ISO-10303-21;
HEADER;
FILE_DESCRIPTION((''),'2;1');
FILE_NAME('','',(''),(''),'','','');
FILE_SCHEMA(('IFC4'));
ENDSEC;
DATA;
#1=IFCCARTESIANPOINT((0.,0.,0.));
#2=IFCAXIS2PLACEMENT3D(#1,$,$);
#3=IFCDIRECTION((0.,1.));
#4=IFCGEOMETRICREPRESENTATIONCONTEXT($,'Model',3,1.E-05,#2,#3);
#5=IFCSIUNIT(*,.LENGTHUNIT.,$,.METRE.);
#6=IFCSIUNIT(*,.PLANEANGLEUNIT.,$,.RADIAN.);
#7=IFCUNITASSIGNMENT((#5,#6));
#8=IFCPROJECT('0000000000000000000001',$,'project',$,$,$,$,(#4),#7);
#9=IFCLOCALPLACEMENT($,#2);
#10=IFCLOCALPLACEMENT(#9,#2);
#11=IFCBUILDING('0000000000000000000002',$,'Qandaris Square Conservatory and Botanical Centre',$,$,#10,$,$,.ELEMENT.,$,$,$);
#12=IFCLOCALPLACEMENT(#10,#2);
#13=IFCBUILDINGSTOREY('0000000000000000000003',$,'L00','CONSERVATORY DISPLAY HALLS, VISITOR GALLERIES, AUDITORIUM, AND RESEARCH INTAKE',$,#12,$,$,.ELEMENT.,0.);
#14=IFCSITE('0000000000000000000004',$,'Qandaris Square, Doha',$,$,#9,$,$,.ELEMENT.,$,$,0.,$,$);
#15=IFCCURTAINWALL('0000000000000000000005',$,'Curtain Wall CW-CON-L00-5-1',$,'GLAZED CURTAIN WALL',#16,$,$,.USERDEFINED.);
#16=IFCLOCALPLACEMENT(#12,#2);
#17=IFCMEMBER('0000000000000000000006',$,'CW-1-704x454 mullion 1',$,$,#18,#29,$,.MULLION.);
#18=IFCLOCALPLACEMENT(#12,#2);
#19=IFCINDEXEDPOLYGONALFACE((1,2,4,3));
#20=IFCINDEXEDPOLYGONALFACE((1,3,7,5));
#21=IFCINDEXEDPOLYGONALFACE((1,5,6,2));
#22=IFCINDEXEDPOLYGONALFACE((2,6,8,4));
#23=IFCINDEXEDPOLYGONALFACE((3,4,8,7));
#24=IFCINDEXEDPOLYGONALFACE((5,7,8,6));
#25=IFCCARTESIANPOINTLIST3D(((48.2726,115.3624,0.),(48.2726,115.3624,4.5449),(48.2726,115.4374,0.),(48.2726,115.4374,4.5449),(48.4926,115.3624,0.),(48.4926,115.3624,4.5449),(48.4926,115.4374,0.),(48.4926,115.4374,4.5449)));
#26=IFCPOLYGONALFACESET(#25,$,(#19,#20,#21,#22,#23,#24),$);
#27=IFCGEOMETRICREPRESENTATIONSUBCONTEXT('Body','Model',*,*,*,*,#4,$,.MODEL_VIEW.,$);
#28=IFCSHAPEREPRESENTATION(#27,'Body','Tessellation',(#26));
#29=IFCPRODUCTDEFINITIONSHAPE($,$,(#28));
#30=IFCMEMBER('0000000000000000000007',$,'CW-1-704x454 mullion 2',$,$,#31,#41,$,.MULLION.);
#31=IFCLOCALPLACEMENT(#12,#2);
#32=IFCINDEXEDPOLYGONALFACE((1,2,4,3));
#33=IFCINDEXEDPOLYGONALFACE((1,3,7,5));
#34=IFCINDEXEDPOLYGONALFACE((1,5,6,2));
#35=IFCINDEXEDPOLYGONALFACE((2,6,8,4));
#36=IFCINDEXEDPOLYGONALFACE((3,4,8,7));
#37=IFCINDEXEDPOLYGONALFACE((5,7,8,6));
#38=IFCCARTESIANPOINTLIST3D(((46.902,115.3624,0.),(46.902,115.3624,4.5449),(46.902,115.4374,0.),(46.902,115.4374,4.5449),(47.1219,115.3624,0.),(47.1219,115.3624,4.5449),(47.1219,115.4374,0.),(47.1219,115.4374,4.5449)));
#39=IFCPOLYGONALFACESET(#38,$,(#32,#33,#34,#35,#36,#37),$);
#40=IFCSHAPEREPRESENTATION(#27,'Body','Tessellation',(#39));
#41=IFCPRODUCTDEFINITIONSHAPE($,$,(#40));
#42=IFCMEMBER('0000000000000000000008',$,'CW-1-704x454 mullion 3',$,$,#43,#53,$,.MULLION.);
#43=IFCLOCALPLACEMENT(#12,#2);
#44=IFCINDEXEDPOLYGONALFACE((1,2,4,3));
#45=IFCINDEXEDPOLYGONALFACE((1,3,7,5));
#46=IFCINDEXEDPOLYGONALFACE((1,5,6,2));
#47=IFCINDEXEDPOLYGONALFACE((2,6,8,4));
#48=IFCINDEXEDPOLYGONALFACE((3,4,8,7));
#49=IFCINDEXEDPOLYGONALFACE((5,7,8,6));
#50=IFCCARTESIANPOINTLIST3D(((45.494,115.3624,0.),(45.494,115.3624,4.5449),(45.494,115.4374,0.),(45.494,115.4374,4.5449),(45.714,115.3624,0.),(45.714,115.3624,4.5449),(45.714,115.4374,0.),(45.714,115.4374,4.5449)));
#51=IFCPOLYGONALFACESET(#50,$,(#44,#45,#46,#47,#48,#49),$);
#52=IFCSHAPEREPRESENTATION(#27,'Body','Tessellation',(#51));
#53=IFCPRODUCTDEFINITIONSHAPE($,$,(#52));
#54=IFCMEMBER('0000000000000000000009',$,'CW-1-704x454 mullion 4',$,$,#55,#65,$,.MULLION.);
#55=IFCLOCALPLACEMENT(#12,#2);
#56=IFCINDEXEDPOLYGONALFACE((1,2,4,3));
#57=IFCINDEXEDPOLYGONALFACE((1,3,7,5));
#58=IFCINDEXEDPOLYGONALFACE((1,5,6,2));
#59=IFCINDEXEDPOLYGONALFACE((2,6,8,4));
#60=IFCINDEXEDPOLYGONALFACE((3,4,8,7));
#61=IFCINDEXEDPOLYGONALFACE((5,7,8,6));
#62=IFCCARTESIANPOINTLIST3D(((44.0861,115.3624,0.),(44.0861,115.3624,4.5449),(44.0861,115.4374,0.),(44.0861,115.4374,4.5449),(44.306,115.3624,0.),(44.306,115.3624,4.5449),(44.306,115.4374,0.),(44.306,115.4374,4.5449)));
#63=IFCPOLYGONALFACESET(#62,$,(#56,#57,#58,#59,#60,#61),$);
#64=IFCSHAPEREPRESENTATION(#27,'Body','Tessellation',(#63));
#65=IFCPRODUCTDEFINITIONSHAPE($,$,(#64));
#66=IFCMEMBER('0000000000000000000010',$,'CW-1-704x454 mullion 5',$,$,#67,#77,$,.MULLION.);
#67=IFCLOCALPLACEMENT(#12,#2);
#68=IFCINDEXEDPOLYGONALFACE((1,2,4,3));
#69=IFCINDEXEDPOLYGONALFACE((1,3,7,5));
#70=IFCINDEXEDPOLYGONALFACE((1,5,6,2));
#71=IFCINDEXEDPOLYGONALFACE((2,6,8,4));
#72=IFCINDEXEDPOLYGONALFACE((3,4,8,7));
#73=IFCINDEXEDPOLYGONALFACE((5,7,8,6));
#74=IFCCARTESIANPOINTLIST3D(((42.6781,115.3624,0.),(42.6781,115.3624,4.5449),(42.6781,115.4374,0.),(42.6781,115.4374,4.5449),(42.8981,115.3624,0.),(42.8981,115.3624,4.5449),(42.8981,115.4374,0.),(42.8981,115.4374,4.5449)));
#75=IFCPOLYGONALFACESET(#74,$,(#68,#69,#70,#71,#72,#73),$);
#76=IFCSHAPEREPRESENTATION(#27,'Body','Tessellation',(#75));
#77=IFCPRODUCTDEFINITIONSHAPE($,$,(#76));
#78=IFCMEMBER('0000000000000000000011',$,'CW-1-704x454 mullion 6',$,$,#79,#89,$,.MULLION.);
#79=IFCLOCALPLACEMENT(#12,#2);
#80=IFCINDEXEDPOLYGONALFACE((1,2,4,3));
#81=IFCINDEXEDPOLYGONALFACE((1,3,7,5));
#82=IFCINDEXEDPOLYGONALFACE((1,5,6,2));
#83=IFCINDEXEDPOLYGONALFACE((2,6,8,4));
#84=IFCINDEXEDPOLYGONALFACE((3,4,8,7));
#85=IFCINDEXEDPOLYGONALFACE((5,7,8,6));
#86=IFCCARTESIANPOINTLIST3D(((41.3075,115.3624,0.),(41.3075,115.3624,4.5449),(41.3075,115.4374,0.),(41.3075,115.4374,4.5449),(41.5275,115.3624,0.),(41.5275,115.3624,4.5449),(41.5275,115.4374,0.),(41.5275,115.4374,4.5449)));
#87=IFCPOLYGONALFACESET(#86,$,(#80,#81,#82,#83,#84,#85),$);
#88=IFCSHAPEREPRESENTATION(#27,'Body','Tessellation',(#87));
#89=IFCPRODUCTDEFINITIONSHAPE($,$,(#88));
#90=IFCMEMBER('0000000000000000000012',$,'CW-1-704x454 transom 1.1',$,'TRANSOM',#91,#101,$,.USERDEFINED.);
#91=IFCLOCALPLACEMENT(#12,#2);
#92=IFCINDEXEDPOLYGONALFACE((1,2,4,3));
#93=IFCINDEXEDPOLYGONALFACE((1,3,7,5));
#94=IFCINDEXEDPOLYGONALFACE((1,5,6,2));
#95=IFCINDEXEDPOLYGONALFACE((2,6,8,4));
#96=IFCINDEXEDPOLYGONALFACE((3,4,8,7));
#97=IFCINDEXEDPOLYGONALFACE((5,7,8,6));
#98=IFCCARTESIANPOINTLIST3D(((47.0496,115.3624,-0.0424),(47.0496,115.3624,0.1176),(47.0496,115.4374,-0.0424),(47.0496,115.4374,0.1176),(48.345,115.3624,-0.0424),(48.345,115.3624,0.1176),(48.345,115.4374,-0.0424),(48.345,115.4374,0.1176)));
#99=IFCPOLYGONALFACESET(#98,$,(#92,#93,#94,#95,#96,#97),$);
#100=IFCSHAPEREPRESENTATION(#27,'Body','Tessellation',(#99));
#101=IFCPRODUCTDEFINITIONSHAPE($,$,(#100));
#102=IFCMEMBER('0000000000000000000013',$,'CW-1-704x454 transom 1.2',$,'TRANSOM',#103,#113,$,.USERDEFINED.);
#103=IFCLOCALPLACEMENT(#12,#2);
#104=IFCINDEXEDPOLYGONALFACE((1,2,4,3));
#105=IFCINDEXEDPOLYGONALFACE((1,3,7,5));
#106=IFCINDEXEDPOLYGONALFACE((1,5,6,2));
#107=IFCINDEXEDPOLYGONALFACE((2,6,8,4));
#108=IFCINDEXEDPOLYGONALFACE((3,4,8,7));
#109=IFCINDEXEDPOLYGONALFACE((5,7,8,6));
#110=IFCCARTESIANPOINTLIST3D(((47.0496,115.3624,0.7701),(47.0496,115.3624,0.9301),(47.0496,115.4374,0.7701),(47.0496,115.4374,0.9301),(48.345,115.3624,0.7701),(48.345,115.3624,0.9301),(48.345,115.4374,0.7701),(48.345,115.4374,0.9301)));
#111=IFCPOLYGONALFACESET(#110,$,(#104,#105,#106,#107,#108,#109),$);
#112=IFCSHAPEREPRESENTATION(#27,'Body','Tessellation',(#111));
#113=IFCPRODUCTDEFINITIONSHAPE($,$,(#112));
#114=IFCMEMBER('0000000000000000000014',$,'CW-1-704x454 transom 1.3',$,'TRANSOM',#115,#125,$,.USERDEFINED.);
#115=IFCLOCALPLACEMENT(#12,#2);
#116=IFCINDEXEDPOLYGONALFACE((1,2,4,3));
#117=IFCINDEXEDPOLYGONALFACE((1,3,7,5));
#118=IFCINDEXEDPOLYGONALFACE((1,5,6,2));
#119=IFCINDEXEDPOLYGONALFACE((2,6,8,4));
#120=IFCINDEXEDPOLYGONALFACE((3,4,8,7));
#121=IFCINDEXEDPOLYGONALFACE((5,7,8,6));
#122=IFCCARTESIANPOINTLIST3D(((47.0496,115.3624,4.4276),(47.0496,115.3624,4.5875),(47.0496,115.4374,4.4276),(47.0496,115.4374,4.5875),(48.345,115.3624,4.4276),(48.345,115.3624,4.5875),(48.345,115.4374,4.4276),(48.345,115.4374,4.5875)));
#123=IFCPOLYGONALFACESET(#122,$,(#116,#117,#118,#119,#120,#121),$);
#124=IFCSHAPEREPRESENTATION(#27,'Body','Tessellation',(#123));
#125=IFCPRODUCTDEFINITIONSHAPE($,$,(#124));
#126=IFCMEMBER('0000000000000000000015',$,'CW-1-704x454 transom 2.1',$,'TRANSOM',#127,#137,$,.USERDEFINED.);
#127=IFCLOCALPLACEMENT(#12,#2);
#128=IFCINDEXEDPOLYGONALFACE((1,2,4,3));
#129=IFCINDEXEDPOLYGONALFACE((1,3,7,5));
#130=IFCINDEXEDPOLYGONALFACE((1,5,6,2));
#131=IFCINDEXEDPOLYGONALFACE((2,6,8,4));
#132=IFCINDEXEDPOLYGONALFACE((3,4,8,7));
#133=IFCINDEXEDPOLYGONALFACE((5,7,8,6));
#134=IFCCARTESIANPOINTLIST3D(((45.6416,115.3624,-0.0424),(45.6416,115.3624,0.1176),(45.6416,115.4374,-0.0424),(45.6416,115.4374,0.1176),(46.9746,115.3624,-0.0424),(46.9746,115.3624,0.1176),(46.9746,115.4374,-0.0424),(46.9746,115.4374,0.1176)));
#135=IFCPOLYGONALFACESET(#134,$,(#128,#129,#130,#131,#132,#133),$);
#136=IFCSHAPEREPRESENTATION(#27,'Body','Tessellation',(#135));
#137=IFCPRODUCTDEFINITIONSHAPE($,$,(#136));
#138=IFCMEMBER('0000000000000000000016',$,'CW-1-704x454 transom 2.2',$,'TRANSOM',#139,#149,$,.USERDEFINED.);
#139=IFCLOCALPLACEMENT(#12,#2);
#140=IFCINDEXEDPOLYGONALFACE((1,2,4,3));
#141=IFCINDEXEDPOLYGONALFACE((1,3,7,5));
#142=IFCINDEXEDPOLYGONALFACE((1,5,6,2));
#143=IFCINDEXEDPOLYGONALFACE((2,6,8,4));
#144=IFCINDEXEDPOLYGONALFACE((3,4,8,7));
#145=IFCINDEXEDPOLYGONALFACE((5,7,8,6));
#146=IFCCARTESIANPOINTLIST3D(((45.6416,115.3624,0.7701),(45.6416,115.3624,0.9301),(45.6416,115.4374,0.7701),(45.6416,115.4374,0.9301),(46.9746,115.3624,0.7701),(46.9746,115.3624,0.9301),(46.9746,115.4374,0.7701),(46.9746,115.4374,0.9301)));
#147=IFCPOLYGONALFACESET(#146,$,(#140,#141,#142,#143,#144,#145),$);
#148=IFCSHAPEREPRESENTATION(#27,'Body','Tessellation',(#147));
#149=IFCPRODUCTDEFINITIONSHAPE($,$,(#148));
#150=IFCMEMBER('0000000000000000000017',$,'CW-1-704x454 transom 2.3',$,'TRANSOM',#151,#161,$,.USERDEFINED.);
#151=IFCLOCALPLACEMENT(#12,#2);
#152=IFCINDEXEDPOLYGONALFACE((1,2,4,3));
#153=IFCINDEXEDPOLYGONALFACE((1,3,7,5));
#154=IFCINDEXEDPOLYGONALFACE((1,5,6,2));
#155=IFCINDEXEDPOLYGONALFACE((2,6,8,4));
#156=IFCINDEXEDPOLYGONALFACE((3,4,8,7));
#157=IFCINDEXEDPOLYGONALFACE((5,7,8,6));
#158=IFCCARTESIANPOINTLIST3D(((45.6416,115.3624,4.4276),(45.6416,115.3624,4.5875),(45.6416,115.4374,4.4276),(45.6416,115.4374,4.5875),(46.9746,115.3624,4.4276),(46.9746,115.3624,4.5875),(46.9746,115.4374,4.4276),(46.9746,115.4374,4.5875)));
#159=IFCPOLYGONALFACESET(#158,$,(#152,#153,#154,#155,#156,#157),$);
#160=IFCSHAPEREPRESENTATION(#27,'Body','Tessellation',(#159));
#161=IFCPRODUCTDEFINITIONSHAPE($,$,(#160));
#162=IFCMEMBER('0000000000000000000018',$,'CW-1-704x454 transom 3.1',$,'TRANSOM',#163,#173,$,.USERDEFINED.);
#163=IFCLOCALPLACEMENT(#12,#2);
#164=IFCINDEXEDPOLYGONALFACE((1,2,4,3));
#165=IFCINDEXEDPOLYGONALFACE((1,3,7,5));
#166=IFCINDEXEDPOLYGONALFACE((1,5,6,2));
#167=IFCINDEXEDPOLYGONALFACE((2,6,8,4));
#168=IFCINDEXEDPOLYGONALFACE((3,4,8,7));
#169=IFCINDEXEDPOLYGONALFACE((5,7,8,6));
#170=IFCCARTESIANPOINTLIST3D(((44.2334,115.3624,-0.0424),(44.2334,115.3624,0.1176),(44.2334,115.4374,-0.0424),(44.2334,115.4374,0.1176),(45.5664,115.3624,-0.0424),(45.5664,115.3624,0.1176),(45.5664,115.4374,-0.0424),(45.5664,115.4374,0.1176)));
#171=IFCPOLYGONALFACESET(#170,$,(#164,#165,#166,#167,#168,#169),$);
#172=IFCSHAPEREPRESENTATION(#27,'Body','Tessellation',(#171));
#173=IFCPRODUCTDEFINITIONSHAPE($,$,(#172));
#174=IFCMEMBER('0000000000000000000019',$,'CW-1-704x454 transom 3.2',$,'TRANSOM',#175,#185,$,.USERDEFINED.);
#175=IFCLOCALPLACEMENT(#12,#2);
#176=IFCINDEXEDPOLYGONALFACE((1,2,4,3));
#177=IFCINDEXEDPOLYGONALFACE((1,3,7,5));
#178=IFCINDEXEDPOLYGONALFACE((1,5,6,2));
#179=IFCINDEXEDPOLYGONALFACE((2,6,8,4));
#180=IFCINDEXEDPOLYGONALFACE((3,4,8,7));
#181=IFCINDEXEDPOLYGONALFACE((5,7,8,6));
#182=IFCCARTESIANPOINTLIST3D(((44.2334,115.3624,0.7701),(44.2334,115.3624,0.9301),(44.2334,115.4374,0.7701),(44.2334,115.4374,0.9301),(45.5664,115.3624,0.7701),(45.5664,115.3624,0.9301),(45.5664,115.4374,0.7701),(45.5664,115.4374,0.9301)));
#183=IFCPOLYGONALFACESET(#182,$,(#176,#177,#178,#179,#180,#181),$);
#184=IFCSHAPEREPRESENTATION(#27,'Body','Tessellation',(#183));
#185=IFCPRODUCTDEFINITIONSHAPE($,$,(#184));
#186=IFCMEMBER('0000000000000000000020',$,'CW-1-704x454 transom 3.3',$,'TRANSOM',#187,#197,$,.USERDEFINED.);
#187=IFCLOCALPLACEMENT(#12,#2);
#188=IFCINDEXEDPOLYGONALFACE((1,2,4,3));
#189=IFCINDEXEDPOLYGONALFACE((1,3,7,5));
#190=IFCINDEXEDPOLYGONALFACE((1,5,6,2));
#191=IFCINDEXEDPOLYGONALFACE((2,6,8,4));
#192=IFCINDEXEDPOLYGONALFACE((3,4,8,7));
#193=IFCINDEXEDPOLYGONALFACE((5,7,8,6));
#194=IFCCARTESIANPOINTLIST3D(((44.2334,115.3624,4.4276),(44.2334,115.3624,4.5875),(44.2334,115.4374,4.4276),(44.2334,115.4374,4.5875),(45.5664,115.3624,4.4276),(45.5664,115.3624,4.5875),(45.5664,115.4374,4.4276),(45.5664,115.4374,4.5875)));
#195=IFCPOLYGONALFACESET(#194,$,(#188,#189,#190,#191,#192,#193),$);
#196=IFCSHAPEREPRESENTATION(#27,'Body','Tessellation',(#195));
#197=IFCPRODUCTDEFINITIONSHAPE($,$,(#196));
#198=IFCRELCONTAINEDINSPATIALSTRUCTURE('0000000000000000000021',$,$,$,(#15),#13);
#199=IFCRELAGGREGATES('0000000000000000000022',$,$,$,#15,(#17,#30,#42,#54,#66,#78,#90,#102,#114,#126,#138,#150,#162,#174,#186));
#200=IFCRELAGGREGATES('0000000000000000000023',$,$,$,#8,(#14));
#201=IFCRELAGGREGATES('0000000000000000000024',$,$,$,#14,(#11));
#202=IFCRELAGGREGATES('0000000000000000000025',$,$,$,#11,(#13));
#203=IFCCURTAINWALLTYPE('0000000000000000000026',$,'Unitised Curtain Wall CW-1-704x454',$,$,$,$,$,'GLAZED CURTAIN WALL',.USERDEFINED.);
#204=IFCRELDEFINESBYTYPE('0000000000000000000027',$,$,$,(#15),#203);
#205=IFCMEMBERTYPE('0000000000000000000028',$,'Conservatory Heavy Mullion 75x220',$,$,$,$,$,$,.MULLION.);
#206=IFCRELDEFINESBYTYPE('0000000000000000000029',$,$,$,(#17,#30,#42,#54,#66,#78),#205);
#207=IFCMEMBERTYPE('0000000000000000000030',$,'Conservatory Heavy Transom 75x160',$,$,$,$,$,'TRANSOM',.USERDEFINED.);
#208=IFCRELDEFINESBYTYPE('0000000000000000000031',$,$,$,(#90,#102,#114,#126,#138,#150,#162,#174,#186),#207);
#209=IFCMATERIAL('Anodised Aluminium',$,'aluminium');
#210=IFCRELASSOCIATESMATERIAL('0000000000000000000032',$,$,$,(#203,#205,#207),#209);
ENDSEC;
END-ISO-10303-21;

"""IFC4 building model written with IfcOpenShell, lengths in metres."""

from ifc_helpers import new_model, si_unit, direction, frame, origin, origin_2d, place, context, subcontext, project, spatial, rectangle, extrude, material, material_profile, profile_set, type_object, element, aggregate, save


model = new_model("IFC4")

# Units and contexts
model_context = context("Model", 3, precision=1e-05, world=origin(), true_north=direction((0.0, 1.0)))
body_context = subcontext(model_context, "Body", "Model", "MODEL_VIEW")
ifc_project = project(units=[si_unit("LENGTHUNIT", "METRE"), si_unit("PLANEANGLEUNIT", "RADIAN")], contexts=[model_context])

# Site, building, storey
site_placement = place(None, origin())
site = spatial("IfcSite", under=ifc_project, at=site_placement, Name="Qandaris Square, Doha", CompositionType="ELEMENT", RefElevation=0.0)
building_placement = place(site_placement, origin())
building = spatial("IfcBuilding", under=site, at=building_placement, Name="Qandaris Square Conservatory and Botanical Centre", CompositionType="ELEMENT")
storey_placement = place(building_placement, origin())
storey = spatial("IfcBuildingStorey", under=building, at=storey_placement, Name="L00", Description="CONSERVATORY DISPLAY HALLS, VISITOR GALLERIES, AUDITORIUM, AND RESEARCH INTAKE", CompositionType="ELEMENT", Elevation=0.0)

# Curtain wall, members
ifc_material_1 = material(Name="Anodised Aluminium", Category="aluminium")
curtain_wall_type = type_object("IfcCurtainWallType", Name="Unitised Curtain Wall CW-1-704x454", ElementType="GLAZED CURTAIN WALL", PredefinedType="USERDEFINED", material=ifc_material_1)
curtain_wall_placement = place(storey_placement, origin())
curtain_wall = element("IfcCurtainWall", 1, at=curtain_wall_placement, inside=storey, type_object=curtain_wall_type, Name="Curtain Wall CW-CON-L00-5-1", ObjectType="GLAZED CURTAIN WALL", PredefinedType="USERDEFINED")
ifc_material_profile_1 = material_profile(ifc_material_1, rectangle(XDim=0.075, YDim=0.22, at=origin_2d()), Name="ALU-MUL 75x220")
ifc_profile_set_1 = profile_set([ifc_material_profile_1], Name="Anodised Aluminium")
member_type_1 = type_object("IfcMemberType", Name="Conservatory Heavy Mullion 75x220", PredefinedType="MULLION", material=ifc_profile_set_1)
member_1_placement = place(storey_placement, frame((48.3826, 115.3999, 0.0), z_axis=(0.0, 0.0, 1.0), x_axis=(0.0, -1.0, 0.0)))
member_1 = element("IfcMember", 2, at=member_1_placement, type_object=member_type_1, Name="CW-1-704x454 mullion 1", PredefinedType="MULLION", context=body_context, shape_type="SweptSolid", body=[
    extrude(rectangle(XDim=0.075, YDim=0.22, at=origin_2d()), origin(), (0.0, 0.0, 1.0), 4.5449),
])
member_2_placement = place(storey_placement, frame((47.012, 115.3999, 0.0), z_axis=(0.0, 0.0, 1.0), x_axis=(0.0, -1.0, 0.0)))
member_2 = element("IfcMember", 3, at=member_2_placement, type_object=member_type_1, Name="CW-1-704x454 mullion 2", PredefinedType="MULLION", context=body_context, shape_type="SweptSolid", body=[
    extrude(rectangle(XDim=0.075, YDim=0.22, at=origin_2d()), origin(), (0.0, 0.0, 1.0), 4.5449),
])
member_3_placement = place(storey_placement, frame((45.604, 115.3999, 0.0), z_axis=(0.0, 0.0, 1.0), x_axis=(0.0, -1.0, 0.0)))
member_3 = element("IfcMember", 4, at=member_3_placement, type_object=member_type_1, Name="CW-1-704x454 mullion 3", PredefinedType="MULLION", context=body_context, shape_type="SweptSolid", body=[
    extrude(rectangle(XDim=0.075, YDim=0.22, at=origin_2d()), origin(), (0.0, 0.0, 1.0), 4.5449),
])
member_4_placement = place(storey_placement, frame((44.196, 115.3999, 0.0), z_axis=(0.0, 0.0, 1.0), x_axis=(0.0, -1.0, 0.0)))
member_4 = element("IfcMember", 5, at=member_4_placement, type_object=member_type_1, Name="CW-1-704x454 mullion 4", PredefinedType="MULLION", context=body_context, shape_type="SweptSolid", body=[
    extrude(rectangle(XDim=0.075, YDim=0.22, at=origin_2d()), origin(), (0.0, 0.0, 1.0), 4.5449),
])
member_5_placement = place(storey_placement, frame((42.7881, 115.3999, 0.0), z_axis=(0.0, 0.0, 1.0), x_axis=(0.0, -1.0, 0.0)))
member_5 = element("IfcMember", 6, at=member_5_placement, type_object=member_type_1, Name="CW-1-704x454 mullion 5", PredefinedType="MULLION", context=body_context, shape_type="SweptSolid", body=[
    extrude(rectangle(XDim=0.075, YDim=0.22, at=origin_2d()), origin(), (0.0, 0.0, 1.0), 4.5449),
])
member_6_placement = place(storey_placement, frame((41.4175, 115.3999, 0.0), z_axis=(0.0, 0.0, 1.0), x_axis=(0.0, -1.0, 0.0)))
member_6 = element("IfcMember", 7, at=member_6_placement, type_object=member_type_1, Name="CW-1-704x454 mullion 6", PredefinedType="MULLION", context=body_context, shape_type="SweptSolid", body=[
    extrude(rectangle(XDim=0.075, YDim=0.22, at=origin_2d()), origin(), (0.0, 0.0, 1.0), 4.5449),
])
ifc_material_profile_2 = material_profile(ifc_material_1, rectangle(XDim=0.075, YDim=0.1599, at=origin_2d()), Name="ALU-TRN 75x160")
ifc_profile_set_2 = profile_set([ifc_material_profile_2], Name="Anodised Aluminium")
member_type_2 = type_object("IfcMemberType", Name="Conservatory Heavy Transom 75x160", ElementType="TRANSOM", PredefinedType="USERDEFINED", material=ifc_profile_set_2)
member_7_placement = place(storey_placement, frame((48.345, 115.3999, 0.0376), z_axis=(-1.0, 0.0, 0.0), x_axis=(0.0, -1.0, 0.0)))
member_7 = element("IfcMember", 8, at=member_7_placement, type_object=member_type_2, Name="CW-1-704x454 transom 1.1", ObjectType="TRANSOM", PredefinedType="USERDEFINED", context=body_context, shape_type="SweptSolid", body=[
    extrude(rectangle(XDim=0.075, YDim=0.1599, at=origin_2d()), origin(), (0.0, 0.0, 1.0), 1.2954),
])
member_8_placement = place(storey_placement, frame((48.345, 115.3999, 0.8501), z_axis=(-1.0, 0.0, 0.0), x_axis=(0.0, -1.0, 0.0)))
member_8 = element("IfcMember", 9, at=member_8_placement, type_object=member_type_2, Name="CW-1-704x454 transom 1.2", ObjectType="TRANSOM", PredefinedType="USERDEFINED", context=body_context, shape_type="SweptSolid", body=[
    extrude(rectangle(XDim=0.075, YDim=0.1599, at=origin_2d()), origin(), (0.0, 0.0, 1.0), 1.2954),
])
member_9_placement = place(storey_placement, frame((48.345, 115.3999, 4.5076), z_axis=(-1.0, 0.0, 0.0), x_axis=(0.0, -1.0, 0.0)))
member_9 = element("IfcMember", 10, at=member_9_placement, type_object=member_type_2, Name="CW-1-704x454 transom 1.3", ObjectType="TRANSOM", PredefinedType="USERDEFINED", context=body_context, shape_type="SweptSolid", body=[
    extrude(rectangle(XDim=0.075, YDim=0.1599, at=origin_2d()), origin(), (0.0, 0.0, 1.0), 1.2954),
])
member_10_placement = place(storey_placement, frame((46.9746, 115.3999, 0.0376), z_axis=(-1.0, 0.0, 0.0), x_axis=(0.0, -1.0, 0.0)))
member_10 = element("IfcMember", 11, at=member_10_placement, type_object=member_type_2, Name="CW-1-704x454 transom 2.1", ObjectType="TRANSOM", PredefinedType="USERDEFINED", context=body_context, shape_type="SweptSolid", body=[
    extrude(rectangle(XDim=0.075, YDim=0.1599, at=origin_2d()), origin(), (0.0, 0.0, 1.0), 1.333),
])
member_11_placement = place(storey_placement, frame((46.9746, 115.3999, 0.8501), z_axis=(-1.0, 0.0, 0.0), x_axis=(0.0, -1.0, 0.0)))
member_11 = element("IfcMember", 12, at=member_11_placement, type_object=member_type_2, Name="CW-1-704x454 transom 2.2", ObjectType="TRANSOM", PredefinedType="USERDEFINED", context=body_context, shape_type="SweptSolid", body=[
    extrude(rectangle(XDim=0.075, YDim=0.1599, at=origin_2d()), origin(), (0.0, 0.0, 1.0), 1.333),
])
member_12_placement = place(storey_placement, frame((46.9746, 115.3999, 4.5076), z_axis=(-1.0, 0.0, 0.0), x_axis=(0.0, -1.0, 0.0)))
member_12 = element("IfcMember", 13, at=member_12_placement, type_object=member_type_2, Name="CW-1-704x454 transom 2.3", ObjectType="TRANSOM", PredefinedType="USERDEFINED", context=body_context, shape_type="SweptSolid", body=[
    extrude(rectangle(XDim=0.075, YDim=0.1599, at=origin_2d()), origin(), (0.0, 0.0, 1.0), 1.333),
])
member_13_placement = place(storey_placement, frame((45.5664, 115.3999, 0.0376), z_axis=(-1.0, 0.0, 0.0), x_axis=(0.0, -1.0, 0.0)))
member_13 = element("IfcMember", 14, at=member_13_placement, type_object=member_type_2, Name="CW-1-704x454 transom 3.1", ObjectType="TRANSOM", PredefinedType="USERDEFINED", context=body_context, shape_type="SweptSolid", body=[
    extrude(rectangle(XDim=0.075, YDim=0.1599, at=origin_2d()), origin(), (0.0, 0.0, 1.0), 1.333),
])
member_14_placement = place(storey_placement, frame((45.5664, 115.3999, 0.8501), z_axis=(-1.0, 0.0, 0.0), x_axis=(0.0, -1.0, 0.0)))
member_14 = element("IfcMember", 15, at=member_14_placement, type_object=member_type_2, Name="CW-1-704x454 transom 3.2", ObjectType="TRANSOM", PredefinedType="USERDEFINED", context=body_context, shape_type="SweptSolid", body=[
    extrude(rectangle(XDim=0.075, YDim=0.1599, at=origin_2d()), origin(), (0.0, 0.0, 1.0), 1.333),
])
member_15_placement = place(storey_placement, frame((45.5664, 115.3999, 4.5076), z_axis=(-1.0, 0.0, 0.0), x_axis=(0.0, -1.0, 0.0)))
member_15 = element("IfcMember", 16, at=member_15_placement, type_object=member_type_2, Name="CW-1-704x454 transom 3.3", ObjectType="TRANSOM", PredefinedType="USERDEFINED", context=body_context, shape_type="SweptSolid", body=[
    extrude(rectangle(XDim=0.075, YDim=0.1599, at=origin_2d()), origin(), (0.0, 0.0, 1.0), 1.333),
])

aggregate(curtain_wall, [member_1, member_2, member_3, member_4, member_5, member_6, member_7, member_8, member_9, member_10, member_11, member_12, member_13, member_14, member_15])

save(model, "model.ifc")
